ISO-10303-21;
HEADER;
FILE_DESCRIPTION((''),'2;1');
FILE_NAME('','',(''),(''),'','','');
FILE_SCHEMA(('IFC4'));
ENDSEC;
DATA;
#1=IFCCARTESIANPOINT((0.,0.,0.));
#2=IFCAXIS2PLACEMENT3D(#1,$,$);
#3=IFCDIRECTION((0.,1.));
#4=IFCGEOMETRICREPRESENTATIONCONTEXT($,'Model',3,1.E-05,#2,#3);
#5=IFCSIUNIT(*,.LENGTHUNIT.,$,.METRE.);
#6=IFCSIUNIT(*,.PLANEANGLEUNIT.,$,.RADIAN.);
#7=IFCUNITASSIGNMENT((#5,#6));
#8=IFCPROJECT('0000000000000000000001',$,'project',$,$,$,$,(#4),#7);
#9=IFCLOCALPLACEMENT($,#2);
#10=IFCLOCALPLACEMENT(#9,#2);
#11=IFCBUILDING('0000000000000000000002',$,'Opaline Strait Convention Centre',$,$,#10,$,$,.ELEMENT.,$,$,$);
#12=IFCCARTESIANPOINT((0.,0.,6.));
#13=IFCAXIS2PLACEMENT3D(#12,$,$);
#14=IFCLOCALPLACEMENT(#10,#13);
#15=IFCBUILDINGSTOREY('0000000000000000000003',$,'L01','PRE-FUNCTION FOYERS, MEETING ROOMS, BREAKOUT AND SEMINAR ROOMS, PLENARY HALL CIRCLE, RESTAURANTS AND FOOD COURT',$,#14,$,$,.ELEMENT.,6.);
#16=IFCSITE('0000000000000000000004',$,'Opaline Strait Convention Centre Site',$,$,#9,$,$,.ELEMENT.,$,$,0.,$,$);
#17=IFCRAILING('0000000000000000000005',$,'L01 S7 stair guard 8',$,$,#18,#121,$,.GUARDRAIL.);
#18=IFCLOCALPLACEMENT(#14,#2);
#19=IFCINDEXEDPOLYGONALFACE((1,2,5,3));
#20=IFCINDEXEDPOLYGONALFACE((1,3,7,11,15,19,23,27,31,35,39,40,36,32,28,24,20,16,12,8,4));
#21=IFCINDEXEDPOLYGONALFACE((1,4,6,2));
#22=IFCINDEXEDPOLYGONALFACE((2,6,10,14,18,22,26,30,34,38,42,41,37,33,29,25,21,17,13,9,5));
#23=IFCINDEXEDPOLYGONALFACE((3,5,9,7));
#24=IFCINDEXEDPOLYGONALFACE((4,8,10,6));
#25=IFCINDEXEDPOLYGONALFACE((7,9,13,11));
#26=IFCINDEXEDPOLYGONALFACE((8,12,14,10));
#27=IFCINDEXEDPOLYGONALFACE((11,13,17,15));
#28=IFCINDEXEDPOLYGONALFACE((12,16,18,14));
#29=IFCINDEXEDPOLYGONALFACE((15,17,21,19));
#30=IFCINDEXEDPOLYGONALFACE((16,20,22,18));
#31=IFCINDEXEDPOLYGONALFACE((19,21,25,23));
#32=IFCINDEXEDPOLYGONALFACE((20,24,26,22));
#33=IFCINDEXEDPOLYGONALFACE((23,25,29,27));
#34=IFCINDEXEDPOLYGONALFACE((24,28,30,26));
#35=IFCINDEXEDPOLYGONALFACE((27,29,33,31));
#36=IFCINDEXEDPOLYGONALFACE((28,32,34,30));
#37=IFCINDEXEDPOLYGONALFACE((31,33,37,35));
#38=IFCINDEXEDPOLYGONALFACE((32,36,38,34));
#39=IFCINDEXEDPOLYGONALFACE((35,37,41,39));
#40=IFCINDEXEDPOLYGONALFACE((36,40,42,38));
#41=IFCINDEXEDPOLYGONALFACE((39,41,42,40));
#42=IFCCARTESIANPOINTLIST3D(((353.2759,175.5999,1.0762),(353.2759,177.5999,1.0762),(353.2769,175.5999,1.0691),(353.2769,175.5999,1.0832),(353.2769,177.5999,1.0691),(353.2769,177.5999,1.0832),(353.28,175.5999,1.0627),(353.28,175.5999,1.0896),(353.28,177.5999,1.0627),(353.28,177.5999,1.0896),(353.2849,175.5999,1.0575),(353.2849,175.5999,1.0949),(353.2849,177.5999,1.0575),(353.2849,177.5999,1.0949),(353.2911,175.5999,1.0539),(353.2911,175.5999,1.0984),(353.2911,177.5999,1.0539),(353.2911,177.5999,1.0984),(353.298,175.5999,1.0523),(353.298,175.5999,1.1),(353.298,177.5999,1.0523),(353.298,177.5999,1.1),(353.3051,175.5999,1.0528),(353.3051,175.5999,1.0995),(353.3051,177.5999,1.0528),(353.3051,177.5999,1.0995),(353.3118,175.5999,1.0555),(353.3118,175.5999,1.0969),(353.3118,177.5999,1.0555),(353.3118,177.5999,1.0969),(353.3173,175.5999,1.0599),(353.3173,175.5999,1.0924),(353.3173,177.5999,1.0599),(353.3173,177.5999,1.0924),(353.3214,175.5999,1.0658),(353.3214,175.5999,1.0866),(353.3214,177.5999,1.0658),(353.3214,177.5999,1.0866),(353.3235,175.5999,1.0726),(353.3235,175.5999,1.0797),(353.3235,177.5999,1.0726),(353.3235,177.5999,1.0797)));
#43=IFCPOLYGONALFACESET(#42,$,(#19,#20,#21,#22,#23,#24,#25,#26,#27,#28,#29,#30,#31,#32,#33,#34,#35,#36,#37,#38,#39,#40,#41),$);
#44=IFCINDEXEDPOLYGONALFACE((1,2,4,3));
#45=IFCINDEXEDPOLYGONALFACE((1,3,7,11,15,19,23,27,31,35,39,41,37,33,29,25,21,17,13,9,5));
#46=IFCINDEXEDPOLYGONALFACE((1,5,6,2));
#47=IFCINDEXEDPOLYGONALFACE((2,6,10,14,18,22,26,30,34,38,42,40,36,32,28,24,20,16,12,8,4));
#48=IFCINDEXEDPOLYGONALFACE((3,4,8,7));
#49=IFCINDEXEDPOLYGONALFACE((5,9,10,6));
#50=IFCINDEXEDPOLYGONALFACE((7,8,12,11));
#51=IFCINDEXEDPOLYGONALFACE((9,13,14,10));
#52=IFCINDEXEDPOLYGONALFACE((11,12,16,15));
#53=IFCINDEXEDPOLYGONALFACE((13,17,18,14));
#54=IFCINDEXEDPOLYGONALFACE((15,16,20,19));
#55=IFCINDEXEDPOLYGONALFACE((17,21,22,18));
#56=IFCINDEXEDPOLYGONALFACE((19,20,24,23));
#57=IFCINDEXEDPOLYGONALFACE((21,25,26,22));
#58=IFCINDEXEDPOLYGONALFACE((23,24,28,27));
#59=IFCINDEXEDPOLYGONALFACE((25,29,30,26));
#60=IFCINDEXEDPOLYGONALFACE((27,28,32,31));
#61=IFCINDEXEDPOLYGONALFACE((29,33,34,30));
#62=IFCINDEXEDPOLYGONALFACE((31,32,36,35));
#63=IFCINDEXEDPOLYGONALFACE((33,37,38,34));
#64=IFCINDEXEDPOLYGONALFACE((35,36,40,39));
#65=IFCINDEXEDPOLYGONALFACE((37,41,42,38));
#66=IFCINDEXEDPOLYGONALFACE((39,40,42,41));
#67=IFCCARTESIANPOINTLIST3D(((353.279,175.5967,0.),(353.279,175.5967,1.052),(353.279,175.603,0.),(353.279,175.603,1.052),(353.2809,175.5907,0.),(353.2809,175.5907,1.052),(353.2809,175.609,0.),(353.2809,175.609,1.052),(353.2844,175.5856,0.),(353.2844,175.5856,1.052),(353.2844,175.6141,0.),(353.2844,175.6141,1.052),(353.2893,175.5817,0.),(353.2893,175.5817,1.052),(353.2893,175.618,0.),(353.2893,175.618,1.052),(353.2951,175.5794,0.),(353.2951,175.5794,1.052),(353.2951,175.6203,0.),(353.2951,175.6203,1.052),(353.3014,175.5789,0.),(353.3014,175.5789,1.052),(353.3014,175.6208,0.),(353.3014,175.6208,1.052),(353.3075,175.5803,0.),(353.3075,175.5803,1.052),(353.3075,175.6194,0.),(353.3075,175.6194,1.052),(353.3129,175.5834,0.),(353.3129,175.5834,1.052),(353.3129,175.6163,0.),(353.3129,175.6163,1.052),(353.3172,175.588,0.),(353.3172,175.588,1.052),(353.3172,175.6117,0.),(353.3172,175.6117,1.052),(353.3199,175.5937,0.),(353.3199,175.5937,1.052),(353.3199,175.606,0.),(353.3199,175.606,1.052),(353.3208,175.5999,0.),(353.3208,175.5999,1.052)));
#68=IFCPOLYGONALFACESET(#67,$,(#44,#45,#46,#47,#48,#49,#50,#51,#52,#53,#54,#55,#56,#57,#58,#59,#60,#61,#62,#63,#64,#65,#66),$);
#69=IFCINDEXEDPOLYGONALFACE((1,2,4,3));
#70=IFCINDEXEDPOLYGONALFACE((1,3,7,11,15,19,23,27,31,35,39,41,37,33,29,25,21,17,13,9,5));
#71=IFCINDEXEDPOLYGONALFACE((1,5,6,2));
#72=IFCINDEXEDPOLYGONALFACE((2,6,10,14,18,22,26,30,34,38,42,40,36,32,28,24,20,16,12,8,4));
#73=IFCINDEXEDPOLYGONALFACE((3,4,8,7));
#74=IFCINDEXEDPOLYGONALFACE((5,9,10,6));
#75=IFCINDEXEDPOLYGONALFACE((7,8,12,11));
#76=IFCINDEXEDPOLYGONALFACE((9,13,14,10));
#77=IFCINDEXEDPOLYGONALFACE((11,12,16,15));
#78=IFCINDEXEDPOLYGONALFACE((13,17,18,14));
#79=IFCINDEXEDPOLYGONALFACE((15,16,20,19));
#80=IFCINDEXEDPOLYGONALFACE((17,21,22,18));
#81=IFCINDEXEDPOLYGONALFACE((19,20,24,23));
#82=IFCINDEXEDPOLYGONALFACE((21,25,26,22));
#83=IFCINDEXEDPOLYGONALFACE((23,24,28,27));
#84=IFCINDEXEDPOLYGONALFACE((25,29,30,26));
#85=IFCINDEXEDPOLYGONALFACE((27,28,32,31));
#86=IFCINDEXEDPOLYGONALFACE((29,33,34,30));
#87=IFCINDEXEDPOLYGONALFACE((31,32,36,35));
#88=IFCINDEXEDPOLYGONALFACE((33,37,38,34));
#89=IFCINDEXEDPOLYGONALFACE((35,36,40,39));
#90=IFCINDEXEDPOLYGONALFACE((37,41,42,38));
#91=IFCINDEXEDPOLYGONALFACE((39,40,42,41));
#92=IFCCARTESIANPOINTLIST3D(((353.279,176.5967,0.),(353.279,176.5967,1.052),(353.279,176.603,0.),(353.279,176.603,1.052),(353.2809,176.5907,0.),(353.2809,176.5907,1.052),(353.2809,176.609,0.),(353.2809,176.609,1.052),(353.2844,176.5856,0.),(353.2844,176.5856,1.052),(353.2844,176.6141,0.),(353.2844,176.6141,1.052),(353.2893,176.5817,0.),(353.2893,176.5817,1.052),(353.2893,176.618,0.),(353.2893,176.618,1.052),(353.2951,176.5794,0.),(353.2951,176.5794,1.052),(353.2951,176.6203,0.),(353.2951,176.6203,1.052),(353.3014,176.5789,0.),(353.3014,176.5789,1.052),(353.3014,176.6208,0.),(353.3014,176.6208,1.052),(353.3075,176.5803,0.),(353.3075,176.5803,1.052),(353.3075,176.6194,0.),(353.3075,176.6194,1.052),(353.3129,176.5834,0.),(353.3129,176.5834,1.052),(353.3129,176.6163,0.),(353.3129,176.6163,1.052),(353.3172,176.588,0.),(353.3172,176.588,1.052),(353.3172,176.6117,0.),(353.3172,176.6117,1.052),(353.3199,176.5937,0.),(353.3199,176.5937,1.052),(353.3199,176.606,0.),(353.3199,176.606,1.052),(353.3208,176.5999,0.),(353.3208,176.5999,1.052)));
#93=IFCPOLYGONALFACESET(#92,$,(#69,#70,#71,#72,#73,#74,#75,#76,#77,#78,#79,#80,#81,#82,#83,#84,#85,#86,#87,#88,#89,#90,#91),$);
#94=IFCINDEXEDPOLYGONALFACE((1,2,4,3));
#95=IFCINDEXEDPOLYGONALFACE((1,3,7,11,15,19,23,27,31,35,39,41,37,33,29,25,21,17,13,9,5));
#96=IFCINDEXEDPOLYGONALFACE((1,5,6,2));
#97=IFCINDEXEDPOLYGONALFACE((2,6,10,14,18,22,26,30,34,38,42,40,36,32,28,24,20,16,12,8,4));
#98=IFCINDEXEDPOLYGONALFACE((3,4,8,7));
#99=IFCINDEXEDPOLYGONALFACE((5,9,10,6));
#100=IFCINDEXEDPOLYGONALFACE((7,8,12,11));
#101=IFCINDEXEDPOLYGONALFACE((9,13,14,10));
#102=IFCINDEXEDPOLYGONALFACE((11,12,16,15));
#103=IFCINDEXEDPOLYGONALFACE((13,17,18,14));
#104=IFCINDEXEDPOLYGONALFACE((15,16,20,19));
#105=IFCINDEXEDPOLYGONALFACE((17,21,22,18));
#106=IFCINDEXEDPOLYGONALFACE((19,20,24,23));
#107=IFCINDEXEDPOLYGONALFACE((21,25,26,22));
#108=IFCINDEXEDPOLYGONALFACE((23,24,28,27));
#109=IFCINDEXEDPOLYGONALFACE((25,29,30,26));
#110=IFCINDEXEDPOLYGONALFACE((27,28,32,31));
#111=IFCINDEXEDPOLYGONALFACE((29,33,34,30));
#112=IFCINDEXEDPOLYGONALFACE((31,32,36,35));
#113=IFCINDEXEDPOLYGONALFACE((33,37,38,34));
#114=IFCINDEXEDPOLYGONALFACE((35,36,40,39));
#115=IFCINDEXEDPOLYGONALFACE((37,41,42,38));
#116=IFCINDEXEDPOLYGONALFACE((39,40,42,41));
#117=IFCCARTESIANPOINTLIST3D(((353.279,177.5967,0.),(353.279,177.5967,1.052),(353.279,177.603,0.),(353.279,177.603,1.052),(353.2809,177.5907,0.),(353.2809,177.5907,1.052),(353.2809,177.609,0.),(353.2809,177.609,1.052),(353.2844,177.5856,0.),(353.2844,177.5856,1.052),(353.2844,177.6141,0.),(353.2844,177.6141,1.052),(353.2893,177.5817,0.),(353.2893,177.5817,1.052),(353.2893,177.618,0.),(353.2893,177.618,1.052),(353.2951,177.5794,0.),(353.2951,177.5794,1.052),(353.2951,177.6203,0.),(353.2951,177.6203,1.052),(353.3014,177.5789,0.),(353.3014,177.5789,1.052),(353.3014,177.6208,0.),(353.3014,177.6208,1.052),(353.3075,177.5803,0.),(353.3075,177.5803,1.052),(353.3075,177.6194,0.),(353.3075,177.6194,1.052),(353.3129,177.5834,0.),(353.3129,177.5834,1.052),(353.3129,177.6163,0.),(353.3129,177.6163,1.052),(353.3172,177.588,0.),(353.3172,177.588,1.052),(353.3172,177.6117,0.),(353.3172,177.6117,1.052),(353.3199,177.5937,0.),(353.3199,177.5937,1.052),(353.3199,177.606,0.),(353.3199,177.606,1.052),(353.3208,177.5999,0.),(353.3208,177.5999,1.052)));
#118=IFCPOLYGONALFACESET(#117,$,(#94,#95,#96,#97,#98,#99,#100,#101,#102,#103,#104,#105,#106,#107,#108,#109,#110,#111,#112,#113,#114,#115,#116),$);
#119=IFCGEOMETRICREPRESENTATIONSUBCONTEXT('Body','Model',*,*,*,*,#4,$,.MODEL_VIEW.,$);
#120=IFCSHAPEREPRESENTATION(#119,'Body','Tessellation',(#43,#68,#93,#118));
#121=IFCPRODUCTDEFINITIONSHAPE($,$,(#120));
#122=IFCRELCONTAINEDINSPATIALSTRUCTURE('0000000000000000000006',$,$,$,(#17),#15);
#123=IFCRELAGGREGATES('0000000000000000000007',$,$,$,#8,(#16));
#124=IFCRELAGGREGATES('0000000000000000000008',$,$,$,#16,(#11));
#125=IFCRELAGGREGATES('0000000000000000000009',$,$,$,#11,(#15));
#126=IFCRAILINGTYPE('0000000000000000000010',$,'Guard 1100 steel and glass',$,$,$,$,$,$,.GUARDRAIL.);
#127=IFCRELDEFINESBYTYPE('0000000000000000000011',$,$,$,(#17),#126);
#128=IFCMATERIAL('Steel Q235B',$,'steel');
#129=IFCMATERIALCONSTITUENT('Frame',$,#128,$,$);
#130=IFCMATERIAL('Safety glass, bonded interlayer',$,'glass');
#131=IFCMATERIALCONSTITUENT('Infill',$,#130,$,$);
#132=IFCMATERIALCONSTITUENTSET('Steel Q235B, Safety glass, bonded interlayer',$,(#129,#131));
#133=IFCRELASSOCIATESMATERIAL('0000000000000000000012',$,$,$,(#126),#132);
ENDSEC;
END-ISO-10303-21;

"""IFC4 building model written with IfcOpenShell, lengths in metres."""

from ifc_helpers import new_model, si_unit, direction, frame, origin, origin_2d, place, context, subcontext, project, spatial, circle, extrude, material, constituent, constituent_set, type_object, element, save


model = new_model("IFC4")

# Units and contexts
model_context = context("Model", 3, precision=1e-05, world=origin(), true_north=direction((0.0, 1.0)))
body_context = subcontext(model_context, "Body", "Model", "MODEL_VIEW")
ifc_project = project(units=[si_unit("LENGTHUNIT", "METRE"), si_unit("PLANEANGLEUNIT", "RADIAN")], contexts=[model_context])

# Site, building, storey
site_placement = place(None, origin())
site = spatial("IfcSite", under=ifc_project, at=site_placement, Name="Opaline Strait Convention Centre Site", CompositionType="ELEMENT", RefElevation=0.0)
building_placement = place(site_placement, origin())
building = spatial("IfcBuilding", under=site, at=building_placement, Name="Opaline Strait Convention Centre", CompositionType="ELEMENT")
storey_placement = place(building_placement, frame((0.0, 0.0, 6.0)))
storey = spatial("IfcBuildingStorey", under=building, at=storey_placement, Name="L01", Description="PRE-FUNCTION FOYERS, MEETING ROOMS, BREAKOUT AND SEMINAR ROOMS, PLENARY HALL CIRCLE, RESTAURANTS AND FOOD COURT", CompositionType="ELEMENT", Elevation=6.0)

# Shared definitions
ifc_material_1 = material(Name="Steel Q235B", Category="steel")

# Railing
ifc_constituent_1 = constituent(ifc_material_1, Name="Frame")
ifc_material_2 = material(Name="Safety glass, bonded interlayer", Category="glass")
ifc_constituent_2 = constituent(ifc_material_2, Name="Infill")
ifc_constituent_set = constituent_set(constituents=[ifc_constituent_1, ifc_constituent_2], Name="Steel Q235B, Safety glass, bonded interlayer")
railing_type_1 = type_object("IfcRailingType", Name="Guard 1100 steel and glass", PredefinedType="GUARDRAIL", material=ifc_constituent_set)
railing_1_placement = place(storey_placement, frame((353.2998, 175.5999, 0.0)))
element("IfcRailing", 1, at=railing_1_placement, inside=storey, type_object=railing_type_1, Name="L01 S7 stair guard 8", PredefinedType="GUARDRAIL", context=body_context, shape_type="SweptSolid", body=[
    extrude(circle(Radius=0.0239, at=origin_2d()), frame((0.0, 0.0, 1.0762), z_axis=(0.0, 1.0, 0.0), x_axis=(-1.0, 0.0, 0.0)), (0.0, 0.0, 1.0), 2.0),
    extrude(circle(Radius=0.021, at=origin_2d()), origin(), (0.0, 0.0, 1.0), 1.052),
    extrude(circle(Radius=0.021, at=origin_2d()), frame((0.0, 1.0, 0.0)), (0.0, 0.0, 1.0), 1.052),
    extrude(circle(Radius=0.021, at=origin_2d()), frame((0.0, 2.0, 0.0)), (0.0, 0.0, 1.0), 1.052),
])

save(model, "model.ifc")
